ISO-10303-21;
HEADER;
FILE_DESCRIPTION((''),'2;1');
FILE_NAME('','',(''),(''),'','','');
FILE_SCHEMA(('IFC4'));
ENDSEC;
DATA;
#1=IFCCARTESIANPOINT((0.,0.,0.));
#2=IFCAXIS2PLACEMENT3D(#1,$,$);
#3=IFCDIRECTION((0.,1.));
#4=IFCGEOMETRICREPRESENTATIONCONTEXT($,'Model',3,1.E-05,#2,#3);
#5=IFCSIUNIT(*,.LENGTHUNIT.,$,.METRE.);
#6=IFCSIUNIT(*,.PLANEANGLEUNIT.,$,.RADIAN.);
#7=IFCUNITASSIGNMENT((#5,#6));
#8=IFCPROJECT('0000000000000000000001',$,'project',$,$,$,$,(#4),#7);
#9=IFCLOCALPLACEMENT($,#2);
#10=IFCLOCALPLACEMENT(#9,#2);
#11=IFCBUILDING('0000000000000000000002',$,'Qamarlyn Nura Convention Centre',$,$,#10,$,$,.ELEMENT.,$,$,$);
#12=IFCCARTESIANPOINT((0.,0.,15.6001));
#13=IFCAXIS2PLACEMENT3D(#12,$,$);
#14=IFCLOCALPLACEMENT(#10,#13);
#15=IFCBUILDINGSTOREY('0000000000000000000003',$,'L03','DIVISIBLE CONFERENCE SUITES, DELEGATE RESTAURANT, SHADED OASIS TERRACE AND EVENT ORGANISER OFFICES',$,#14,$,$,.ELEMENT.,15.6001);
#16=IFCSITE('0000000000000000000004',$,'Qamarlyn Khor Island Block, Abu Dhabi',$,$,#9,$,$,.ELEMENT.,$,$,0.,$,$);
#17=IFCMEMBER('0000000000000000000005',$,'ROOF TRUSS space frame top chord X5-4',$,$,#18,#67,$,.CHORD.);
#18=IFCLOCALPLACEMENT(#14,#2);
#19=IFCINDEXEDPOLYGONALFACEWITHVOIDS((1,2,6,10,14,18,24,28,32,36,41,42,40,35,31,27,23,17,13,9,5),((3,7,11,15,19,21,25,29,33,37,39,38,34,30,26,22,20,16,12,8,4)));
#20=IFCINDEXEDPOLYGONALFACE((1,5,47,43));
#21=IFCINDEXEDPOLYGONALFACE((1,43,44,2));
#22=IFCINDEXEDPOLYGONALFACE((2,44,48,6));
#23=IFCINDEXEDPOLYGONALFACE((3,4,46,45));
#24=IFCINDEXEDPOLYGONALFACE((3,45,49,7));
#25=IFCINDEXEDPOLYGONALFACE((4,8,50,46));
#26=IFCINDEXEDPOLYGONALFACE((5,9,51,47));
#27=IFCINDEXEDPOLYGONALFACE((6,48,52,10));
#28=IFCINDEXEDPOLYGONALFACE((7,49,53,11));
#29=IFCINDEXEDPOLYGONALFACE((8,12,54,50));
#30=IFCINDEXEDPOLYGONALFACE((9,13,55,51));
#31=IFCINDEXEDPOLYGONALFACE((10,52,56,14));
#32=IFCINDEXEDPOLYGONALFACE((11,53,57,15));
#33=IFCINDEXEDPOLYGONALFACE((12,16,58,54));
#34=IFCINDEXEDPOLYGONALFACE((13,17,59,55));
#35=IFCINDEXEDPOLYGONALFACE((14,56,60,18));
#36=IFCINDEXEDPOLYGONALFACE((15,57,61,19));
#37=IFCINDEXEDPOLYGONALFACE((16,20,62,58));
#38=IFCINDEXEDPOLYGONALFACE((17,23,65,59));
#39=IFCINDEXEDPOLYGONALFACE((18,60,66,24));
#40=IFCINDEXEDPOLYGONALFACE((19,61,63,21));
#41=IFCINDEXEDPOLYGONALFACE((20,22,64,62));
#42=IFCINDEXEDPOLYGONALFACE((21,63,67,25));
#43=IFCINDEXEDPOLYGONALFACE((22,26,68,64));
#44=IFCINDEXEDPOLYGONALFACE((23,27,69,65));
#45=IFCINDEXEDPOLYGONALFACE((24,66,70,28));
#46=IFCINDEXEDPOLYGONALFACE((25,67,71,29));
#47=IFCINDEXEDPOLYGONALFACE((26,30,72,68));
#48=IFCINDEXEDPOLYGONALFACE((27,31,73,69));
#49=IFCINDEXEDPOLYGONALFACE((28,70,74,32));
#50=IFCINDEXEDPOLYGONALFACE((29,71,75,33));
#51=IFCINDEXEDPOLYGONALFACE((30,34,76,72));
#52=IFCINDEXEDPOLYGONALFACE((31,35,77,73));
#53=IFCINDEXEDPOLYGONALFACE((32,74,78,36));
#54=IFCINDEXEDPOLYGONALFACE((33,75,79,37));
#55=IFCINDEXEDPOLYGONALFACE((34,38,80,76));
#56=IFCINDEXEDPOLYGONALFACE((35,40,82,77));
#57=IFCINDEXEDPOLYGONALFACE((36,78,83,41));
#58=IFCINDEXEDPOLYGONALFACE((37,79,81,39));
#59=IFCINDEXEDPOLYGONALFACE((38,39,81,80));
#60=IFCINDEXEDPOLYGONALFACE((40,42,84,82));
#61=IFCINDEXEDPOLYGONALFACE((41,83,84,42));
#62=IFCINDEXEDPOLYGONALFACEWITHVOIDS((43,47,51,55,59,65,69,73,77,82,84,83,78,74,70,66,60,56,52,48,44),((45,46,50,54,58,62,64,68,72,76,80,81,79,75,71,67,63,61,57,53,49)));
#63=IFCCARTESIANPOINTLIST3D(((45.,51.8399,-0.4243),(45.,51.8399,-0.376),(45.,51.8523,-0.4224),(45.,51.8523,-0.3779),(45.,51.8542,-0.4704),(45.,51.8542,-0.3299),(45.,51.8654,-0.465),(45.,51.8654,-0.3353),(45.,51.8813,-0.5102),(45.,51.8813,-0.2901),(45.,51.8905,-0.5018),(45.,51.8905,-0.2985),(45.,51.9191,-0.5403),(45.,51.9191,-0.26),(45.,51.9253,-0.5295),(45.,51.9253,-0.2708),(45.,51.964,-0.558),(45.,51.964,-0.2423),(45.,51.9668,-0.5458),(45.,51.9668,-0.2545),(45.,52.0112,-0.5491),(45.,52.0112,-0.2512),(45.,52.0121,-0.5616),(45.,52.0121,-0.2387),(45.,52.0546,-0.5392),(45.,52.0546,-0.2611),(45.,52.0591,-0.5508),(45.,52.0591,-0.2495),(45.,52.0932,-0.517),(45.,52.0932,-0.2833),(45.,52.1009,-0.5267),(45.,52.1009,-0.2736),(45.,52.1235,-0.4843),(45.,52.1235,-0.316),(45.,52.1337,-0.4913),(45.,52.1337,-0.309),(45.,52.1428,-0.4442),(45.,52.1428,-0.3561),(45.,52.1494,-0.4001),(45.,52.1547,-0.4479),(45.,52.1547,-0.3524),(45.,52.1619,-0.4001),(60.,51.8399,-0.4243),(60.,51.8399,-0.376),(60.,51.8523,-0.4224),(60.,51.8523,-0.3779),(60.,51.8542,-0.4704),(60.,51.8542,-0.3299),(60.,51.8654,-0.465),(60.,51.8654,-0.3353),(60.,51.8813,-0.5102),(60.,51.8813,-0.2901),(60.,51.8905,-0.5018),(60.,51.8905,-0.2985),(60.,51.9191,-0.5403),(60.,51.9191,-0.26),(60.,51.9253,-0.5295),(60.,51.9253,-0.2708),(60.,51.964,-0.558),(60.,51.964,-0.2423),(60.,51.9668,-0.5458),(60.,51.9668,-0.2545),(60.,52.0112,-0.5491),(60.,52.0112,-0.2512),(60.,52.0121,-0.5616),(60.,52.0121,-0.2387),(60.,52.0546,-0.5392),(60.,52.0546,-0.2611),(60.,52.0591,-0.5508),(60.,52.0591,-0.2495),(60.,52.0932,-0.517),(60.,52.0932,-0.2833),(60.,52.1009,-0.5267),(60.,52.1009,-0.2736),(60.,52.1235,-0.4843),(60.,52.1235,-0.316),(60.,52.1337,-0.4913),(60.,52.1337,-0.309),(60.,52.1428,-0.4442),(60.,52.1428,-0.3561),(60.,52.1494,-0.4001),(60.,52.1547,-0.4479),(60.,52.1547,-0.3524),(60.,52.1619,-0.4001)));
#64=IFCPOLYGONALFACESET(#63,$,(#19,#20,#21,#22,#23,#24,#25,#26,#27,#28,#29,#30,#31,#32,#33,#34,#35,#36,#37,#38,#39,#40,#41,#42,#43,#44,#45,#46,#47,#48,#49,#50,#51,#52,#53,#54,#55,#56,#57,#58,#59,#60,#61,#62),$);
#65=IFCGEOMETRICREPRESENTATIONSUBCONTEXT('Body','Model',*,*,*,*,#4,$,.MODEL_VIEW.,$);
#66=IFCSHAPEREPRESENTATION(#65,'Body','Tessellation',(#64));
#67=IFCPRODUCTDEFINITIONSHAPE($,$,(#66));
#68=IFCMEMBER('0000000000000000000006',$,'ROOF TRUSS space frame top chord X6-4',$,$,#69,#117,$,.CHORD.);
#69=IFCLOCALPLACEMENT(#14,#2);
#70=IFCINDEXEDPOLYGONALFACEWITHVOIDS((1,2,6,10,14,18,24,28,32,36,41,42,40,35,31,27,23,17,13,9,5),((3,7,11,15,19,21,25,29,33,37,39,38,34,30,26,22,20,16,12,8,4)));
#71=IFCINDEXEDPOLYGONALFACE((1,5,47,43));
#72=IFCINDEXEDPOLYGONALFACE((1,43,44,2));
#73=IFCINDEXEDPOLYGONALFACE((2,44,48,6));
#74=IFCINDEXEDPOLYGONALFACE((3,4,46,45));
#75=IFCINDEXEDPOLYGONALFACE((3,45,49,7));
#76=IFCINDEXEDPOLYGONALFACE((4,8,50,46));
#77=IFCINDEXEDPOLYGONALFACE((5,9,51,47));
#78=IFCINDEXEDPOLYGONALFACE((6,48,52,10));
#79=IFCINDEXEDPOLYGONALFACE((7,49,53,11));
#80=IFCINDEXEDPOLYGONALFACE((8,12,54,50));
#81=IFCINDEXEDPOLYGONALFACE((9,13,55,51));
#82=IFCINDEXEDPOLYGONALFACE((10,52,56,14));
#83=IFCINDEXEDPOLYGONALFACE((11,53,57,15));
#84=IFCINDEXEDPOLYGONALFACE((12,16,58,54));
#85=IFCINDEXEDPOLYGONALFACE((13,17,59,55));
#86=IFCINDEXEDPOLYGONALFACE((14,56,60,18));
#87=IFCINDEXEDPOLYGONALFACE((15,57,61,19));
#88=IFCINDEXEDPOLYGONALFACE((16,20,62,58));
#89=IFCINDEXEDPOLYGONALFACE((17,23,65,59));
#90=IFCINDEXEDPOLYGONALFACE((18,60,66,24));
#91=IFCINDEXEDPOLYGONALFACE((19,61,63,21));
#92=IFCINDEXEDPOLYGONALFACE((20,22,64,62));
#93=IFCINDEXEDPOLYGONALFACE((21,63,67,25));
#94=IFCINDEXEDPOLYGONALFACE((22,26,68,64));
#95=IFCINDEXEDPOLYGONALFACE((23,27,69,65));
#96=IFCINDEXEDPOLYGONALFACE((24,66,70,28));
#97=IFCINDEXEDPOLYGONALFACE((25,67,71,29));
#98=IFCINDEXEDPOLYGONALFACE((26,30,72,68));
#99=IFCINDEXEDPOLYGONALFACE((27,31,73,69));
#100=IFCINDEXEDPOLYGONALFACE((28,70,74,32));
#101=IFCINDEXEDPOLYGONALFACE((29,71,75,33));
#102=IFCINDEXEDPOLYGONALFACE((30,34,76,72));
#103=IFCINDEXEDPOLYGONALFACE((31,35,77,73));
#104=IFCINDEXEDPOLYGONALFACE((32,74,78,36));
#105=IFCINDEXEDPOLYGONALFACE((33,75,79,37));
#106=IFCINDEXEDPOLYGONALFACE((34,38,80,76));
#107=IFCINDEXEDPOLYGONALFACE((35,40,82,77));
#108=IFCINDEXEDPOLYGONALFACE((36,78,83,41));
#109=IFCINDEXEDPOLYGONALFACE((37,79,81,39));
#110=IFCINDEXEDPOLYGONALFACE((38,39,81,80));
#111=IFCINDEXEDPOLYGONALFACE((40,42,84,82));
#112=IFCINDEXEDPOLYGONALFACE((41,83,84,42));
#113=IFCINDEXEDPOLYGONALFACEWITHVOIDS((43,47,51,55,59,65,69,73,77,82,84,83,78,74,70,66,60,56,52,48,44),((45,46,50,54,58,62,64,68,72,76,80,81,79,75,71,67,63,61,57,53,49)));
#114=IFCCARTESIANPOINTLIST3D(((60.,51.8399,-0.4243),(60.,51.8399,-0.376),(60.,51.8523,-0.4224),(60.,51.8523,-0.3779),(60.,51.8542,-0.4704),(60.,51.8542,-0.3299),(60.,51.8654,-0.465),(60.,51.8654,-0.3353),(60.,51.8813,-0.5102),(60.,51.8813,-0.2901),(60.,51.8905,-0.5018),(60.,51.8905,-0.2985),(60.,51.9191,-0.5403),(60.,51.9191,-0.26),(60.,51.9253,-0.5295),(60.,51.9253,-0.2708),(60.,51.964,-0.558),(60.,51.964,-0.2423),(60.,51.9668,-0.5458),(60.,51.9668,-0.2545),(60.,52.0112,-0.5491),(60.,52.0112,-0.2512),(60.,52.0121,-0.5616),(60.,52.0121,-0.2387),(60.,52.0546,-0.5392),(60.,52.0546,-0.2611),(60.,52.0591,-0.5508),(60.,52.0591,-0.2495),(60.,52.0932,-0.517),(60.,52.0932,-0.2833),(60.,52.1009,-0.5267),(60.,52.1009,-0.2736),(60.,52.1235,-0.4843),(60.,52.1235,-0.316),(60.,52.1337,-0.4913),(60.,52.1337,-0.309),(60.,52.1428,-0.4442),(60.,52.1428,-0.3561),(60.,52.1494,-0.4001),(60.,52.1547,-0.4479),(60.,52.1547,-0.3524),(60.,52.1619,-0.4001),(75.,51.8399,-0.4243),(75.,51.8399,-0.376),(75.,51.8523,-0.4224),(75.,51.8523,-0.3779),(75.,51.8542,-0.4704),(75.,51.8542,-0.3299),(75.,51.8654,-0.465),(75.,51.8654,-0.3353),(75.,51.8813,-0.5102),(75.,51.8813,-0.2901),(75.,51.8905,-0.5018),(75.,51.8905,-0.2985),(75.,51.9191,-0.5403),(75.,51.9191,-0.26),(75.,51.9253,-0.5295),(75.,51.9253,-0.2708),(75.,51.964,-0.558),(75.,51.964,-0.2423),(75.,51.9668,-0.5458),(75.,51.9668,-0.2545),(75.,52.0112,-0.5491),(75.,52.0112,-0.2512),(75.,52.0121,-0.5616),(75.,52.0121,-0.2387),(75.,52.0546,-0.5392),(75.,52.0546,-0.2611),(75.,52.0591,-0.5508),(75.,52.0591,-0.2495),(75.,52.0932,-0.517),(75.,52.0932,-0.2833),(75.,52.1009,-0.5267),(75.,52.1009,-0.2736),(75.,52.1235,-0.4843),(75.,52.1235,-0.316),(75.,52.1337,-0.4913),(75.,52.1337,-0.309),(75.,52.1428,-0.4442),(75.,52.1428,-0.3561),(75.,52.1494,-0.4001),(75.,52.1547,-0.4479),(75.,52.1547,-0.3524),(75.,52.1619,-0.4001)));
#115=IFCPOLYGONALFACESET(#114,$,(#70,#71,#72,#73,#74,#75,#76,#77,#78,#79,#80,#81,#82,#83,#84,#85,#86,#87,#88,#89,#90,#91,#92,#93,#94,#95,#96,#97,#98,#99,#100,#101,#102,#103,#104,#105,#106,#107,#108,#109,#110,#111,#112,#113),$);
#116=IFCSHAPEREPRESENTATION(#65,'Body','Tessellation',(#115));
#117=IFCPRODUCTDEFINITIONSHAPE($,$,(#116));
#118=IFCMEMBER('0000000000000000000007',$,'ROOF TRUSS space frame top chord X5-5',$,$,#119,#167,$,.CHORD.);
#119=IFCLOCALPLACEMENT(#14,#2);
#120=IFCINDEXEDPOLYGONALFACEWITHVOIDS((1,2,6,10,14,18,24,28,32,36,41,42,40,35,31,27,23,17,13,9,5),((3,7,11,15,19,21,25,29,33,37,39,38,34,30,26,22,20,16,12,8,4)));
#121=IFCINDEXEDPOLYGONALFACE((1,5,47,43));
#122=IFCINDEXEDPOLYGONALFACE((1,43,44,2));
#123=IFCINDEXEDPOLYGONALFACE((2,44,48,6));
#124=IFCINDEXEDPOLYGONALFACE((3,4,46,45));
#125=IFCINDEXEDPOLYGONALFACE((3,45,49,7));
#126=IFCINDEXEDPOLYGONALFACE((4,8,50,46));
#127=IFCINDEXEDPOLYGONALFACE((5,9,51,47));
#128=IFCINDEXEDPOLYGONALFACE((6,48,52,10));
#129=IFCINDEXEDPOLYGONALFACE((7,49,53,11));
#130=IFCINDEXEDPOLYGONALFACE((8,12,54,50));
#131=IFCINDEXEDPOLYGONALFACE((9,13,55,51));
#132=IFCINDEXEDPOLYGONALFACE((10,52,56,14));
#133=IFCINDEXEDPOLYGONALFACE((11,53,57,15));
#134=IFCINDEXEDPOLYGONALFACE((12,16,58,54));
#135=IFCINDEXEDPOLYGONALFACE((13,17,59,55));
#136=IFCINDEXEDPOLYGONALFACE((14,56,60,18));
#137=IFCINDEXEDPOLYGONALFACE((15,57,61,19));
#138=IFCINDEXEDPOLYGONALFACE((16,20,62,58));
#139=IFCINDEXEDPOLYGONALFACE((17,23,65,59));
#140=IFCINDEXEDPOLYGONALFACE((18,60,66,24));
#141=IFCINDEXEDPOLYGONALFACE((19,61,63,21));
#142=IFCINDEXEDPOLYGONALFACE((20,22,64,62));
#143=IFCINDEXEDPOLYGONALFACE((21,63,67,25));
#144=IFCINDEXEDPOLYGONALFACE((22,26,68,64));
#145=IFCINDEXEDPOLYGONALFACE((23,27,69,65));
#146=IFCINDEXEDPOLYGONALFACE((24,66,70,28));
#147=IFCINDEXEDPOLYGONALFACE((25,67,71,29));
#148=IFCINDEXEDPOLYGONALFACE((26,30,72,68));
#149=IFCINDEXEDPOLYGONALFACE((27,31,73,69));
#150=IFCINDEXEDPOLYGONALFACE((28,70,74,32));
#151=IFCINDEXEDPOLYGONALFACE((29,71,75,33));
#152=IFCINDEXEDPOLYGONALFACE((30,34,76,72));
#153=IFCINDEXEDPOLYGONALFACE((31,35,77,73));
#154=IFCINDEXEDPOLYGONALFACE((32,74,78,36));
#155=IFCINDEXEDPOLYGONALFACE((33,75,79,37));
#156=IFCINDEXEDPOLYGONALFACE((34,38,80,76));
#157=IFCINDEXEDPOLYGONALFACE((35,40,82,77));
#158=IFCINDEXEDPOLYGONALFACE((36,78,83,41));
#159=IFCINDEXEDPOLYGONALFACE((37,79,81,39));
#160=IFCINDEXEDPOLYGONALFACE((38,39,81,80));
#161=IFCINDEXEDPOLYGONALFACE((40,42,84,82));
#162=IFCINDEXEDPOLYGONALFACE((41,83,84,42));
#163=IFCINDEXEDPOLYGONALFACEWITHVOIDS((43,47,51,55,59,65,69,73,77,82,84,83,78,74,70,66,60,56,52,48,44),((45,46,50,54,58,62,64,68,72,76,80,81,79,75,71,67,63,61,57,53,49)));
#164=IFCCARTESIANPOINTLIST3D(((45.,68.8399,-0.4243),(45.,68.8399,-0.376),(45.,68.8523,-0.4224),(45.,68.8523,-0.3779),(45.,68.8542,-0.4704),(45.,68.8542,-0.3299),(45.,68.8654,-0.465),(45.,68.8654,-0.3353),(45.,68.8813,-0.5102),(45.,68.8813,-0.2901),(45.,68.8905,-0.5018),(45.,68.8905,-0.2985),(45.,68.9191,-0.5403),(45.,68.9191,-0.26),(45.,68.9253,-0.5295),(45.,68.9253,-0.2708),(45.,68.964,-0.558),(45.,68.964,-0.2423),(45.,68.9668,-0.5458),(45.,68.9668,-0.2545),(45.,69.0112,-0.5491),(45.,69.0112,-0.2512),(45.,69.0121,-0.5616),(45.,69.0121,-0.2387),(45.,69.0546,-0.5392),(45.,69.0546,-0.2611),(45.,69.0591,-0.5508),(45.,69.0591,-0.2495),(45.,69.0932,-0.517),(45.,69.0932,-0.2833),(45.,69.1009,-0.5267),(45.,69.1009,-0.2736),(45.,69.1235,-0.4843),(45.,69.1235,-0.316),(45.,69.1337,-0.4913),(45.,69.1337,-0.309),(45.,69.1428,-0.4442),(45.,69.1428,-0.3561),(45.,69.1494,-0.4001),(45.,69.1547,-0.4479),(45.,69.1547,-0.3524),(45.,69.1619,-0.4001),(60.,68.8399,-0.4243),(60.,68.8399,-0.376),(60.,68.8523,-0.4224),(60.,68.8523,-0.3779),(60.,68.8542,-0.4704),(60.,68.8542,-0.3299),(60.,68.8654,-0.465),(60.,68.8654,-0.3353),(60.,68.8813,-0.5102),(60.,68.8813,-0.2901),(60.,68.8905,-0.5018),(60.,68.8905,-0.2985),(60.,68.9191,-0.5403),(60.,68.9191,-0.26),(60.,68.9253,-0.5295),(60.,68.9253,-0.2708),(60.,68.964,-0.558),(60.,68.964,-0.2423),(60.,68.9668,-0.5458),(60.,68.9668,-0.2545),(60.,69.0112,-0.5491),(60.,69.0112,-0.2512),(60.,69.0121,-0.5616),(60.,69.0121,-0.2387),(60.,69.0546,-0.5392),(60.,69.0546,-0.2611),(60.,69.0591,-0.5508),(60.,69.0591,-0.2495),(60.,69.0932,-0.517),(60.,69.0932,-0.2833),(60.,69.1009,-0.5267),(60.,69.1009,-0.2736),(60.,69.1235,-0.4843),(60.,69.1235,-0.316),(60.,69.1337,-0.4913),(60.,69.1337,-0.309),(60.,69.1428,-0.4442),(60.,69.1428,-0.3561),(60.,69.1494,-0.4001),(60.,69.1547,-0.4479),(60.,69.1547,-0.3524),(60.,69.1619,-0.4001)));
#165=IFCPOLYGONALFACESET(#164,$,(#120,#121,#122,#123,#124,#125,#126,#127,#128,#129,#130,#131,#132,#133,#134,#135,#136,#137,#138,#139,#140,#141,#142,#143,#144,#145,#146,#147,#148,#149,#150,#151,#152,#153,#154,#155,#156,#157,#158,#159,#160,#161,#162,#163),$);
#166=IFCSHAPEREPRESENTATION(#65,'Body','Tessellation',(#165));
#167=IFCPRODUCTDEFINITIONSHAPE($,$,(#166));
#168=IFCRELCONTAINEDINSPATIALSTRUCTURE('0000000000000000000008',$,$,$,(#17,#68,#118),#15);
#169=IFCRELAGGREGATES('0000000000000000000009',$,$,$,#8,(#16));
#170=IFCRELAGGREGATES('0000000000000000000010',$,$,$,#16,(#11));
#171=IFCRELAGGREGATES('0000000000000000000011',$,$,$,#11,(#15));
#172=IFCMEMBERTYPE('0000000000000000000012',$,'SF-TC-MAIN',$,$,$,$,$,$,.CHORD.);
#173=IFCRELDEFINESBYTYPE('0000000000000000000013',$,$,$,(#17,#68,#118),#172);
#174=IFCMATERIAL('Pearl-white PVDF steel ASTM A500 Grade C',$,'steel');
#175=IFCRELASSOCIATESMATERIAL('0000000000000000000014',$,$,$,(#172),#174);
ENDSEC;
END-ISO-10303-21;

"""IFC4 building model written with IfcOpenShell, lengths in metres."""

from ifc_helpers import new_model, si_unit, direction, frame, origin, origin_2d, place, context, subcontext, project, spatial, hollow_circle, extrude, material, material_profile, profile_set, type_object, element, save


model = new_model("IFC4")

# Units and contexts
model_context = context("Model", 3, precision=1e-05, world=origin(), true_north=direction((0.0, 1.0)))
body_context = subcontext(model_context, "Body", "Model", "MODEL_VIEW")
ifc_project = project(units=[si_unit("LENGTHUNIT", "METRE"), si_unit("PLANEANGLEUNIT", "RADIAN")], contexts=[model_context])

# Site, building, storey
site_placement = place(None, origin())
site = spatial("IfcSite", under=ifc_project, at=site_placement, Name="Qamarlyn Khor Island Block, Abu Dhabi", CompositionType="ELEMENT", RefElevation=0.0)
building_placement = place(site_placement, origin())
building = spatial("IfcBuilding", under=site, at=building_placement, Name="Qamarlyn Nura Convention Centre", CompositionType="ELEMENT")
storey_placement = place(building_placement, frame((0.0, 0.0, 15.6001)))
storey = spatial("IfcBuildingStorey", under=building, at=storey_placement, Name="L03", Description="DIVISIBLE CONFERENCE SUITES, DELEGATE RESTAURANT, SHADED OASIS TERRACE AND EVENT ORGANISER OFFICES", CompositionType="ELEMENT", Elevation=15.6001)

# Members
ifc_material_1 = material(Name="Pearl-white PVDF steel ASTM A500 Grade C", Category="steel")
ifc_material_profile_1 = material_profile(ifc_material_1, hollow_circle(Radius=0.1619, WallThickness=0.0125, at=origin_2d()), Name="CHS323.9X12.5")
ifc_profile_set_1 = profile_set([ifc_material_profile_1], Name="Pearl-white PVDF steel ASTM A500 Grade C")
member_type_1 = type_object("IfcMemberType", Name="SF-TC-MAIN", PredefinedType="CHORD", material=ifc_profile_set_1)
for number, where, z_axis, x_axis, name in (
    (1, (45.0, 52.0, -0.4001), (1.0, 0.0, 0.0), (0.0, 1.0, 0.0), "ROOF TRUSS space frame top chord X5-4"),
    (2, (60.0, 52.0, -0.4001), (1.0, 0.0, 0.0), (0.0, 1.0, 0.0), "ROOF TRUSS space frame top chord X6-4"),
    (3, (45.0, 69.0, -0.4001), (1.0, 0.0, 0.0), (0.0, 1.0, 0.0), "ROOF TRUSS space frame top chord X5-5"),
):
    element("IfcMember", number, at=place(storey_placement, frame(where, z_axis=z_axis, x_axis=x_axis)), inside=storey, type_object=member_type_1, Name=name, PredefinedType="CHORD", context=body_context, shape_type="SweptSolid", body=[
        extrude(hollow_circle(Radius=0.1619, WallThickness=0.0125, at=origin_2d()), origin(), (0.0, 0.0, 1.0), 15.0),
    ])

save(model, "model.ifc")
